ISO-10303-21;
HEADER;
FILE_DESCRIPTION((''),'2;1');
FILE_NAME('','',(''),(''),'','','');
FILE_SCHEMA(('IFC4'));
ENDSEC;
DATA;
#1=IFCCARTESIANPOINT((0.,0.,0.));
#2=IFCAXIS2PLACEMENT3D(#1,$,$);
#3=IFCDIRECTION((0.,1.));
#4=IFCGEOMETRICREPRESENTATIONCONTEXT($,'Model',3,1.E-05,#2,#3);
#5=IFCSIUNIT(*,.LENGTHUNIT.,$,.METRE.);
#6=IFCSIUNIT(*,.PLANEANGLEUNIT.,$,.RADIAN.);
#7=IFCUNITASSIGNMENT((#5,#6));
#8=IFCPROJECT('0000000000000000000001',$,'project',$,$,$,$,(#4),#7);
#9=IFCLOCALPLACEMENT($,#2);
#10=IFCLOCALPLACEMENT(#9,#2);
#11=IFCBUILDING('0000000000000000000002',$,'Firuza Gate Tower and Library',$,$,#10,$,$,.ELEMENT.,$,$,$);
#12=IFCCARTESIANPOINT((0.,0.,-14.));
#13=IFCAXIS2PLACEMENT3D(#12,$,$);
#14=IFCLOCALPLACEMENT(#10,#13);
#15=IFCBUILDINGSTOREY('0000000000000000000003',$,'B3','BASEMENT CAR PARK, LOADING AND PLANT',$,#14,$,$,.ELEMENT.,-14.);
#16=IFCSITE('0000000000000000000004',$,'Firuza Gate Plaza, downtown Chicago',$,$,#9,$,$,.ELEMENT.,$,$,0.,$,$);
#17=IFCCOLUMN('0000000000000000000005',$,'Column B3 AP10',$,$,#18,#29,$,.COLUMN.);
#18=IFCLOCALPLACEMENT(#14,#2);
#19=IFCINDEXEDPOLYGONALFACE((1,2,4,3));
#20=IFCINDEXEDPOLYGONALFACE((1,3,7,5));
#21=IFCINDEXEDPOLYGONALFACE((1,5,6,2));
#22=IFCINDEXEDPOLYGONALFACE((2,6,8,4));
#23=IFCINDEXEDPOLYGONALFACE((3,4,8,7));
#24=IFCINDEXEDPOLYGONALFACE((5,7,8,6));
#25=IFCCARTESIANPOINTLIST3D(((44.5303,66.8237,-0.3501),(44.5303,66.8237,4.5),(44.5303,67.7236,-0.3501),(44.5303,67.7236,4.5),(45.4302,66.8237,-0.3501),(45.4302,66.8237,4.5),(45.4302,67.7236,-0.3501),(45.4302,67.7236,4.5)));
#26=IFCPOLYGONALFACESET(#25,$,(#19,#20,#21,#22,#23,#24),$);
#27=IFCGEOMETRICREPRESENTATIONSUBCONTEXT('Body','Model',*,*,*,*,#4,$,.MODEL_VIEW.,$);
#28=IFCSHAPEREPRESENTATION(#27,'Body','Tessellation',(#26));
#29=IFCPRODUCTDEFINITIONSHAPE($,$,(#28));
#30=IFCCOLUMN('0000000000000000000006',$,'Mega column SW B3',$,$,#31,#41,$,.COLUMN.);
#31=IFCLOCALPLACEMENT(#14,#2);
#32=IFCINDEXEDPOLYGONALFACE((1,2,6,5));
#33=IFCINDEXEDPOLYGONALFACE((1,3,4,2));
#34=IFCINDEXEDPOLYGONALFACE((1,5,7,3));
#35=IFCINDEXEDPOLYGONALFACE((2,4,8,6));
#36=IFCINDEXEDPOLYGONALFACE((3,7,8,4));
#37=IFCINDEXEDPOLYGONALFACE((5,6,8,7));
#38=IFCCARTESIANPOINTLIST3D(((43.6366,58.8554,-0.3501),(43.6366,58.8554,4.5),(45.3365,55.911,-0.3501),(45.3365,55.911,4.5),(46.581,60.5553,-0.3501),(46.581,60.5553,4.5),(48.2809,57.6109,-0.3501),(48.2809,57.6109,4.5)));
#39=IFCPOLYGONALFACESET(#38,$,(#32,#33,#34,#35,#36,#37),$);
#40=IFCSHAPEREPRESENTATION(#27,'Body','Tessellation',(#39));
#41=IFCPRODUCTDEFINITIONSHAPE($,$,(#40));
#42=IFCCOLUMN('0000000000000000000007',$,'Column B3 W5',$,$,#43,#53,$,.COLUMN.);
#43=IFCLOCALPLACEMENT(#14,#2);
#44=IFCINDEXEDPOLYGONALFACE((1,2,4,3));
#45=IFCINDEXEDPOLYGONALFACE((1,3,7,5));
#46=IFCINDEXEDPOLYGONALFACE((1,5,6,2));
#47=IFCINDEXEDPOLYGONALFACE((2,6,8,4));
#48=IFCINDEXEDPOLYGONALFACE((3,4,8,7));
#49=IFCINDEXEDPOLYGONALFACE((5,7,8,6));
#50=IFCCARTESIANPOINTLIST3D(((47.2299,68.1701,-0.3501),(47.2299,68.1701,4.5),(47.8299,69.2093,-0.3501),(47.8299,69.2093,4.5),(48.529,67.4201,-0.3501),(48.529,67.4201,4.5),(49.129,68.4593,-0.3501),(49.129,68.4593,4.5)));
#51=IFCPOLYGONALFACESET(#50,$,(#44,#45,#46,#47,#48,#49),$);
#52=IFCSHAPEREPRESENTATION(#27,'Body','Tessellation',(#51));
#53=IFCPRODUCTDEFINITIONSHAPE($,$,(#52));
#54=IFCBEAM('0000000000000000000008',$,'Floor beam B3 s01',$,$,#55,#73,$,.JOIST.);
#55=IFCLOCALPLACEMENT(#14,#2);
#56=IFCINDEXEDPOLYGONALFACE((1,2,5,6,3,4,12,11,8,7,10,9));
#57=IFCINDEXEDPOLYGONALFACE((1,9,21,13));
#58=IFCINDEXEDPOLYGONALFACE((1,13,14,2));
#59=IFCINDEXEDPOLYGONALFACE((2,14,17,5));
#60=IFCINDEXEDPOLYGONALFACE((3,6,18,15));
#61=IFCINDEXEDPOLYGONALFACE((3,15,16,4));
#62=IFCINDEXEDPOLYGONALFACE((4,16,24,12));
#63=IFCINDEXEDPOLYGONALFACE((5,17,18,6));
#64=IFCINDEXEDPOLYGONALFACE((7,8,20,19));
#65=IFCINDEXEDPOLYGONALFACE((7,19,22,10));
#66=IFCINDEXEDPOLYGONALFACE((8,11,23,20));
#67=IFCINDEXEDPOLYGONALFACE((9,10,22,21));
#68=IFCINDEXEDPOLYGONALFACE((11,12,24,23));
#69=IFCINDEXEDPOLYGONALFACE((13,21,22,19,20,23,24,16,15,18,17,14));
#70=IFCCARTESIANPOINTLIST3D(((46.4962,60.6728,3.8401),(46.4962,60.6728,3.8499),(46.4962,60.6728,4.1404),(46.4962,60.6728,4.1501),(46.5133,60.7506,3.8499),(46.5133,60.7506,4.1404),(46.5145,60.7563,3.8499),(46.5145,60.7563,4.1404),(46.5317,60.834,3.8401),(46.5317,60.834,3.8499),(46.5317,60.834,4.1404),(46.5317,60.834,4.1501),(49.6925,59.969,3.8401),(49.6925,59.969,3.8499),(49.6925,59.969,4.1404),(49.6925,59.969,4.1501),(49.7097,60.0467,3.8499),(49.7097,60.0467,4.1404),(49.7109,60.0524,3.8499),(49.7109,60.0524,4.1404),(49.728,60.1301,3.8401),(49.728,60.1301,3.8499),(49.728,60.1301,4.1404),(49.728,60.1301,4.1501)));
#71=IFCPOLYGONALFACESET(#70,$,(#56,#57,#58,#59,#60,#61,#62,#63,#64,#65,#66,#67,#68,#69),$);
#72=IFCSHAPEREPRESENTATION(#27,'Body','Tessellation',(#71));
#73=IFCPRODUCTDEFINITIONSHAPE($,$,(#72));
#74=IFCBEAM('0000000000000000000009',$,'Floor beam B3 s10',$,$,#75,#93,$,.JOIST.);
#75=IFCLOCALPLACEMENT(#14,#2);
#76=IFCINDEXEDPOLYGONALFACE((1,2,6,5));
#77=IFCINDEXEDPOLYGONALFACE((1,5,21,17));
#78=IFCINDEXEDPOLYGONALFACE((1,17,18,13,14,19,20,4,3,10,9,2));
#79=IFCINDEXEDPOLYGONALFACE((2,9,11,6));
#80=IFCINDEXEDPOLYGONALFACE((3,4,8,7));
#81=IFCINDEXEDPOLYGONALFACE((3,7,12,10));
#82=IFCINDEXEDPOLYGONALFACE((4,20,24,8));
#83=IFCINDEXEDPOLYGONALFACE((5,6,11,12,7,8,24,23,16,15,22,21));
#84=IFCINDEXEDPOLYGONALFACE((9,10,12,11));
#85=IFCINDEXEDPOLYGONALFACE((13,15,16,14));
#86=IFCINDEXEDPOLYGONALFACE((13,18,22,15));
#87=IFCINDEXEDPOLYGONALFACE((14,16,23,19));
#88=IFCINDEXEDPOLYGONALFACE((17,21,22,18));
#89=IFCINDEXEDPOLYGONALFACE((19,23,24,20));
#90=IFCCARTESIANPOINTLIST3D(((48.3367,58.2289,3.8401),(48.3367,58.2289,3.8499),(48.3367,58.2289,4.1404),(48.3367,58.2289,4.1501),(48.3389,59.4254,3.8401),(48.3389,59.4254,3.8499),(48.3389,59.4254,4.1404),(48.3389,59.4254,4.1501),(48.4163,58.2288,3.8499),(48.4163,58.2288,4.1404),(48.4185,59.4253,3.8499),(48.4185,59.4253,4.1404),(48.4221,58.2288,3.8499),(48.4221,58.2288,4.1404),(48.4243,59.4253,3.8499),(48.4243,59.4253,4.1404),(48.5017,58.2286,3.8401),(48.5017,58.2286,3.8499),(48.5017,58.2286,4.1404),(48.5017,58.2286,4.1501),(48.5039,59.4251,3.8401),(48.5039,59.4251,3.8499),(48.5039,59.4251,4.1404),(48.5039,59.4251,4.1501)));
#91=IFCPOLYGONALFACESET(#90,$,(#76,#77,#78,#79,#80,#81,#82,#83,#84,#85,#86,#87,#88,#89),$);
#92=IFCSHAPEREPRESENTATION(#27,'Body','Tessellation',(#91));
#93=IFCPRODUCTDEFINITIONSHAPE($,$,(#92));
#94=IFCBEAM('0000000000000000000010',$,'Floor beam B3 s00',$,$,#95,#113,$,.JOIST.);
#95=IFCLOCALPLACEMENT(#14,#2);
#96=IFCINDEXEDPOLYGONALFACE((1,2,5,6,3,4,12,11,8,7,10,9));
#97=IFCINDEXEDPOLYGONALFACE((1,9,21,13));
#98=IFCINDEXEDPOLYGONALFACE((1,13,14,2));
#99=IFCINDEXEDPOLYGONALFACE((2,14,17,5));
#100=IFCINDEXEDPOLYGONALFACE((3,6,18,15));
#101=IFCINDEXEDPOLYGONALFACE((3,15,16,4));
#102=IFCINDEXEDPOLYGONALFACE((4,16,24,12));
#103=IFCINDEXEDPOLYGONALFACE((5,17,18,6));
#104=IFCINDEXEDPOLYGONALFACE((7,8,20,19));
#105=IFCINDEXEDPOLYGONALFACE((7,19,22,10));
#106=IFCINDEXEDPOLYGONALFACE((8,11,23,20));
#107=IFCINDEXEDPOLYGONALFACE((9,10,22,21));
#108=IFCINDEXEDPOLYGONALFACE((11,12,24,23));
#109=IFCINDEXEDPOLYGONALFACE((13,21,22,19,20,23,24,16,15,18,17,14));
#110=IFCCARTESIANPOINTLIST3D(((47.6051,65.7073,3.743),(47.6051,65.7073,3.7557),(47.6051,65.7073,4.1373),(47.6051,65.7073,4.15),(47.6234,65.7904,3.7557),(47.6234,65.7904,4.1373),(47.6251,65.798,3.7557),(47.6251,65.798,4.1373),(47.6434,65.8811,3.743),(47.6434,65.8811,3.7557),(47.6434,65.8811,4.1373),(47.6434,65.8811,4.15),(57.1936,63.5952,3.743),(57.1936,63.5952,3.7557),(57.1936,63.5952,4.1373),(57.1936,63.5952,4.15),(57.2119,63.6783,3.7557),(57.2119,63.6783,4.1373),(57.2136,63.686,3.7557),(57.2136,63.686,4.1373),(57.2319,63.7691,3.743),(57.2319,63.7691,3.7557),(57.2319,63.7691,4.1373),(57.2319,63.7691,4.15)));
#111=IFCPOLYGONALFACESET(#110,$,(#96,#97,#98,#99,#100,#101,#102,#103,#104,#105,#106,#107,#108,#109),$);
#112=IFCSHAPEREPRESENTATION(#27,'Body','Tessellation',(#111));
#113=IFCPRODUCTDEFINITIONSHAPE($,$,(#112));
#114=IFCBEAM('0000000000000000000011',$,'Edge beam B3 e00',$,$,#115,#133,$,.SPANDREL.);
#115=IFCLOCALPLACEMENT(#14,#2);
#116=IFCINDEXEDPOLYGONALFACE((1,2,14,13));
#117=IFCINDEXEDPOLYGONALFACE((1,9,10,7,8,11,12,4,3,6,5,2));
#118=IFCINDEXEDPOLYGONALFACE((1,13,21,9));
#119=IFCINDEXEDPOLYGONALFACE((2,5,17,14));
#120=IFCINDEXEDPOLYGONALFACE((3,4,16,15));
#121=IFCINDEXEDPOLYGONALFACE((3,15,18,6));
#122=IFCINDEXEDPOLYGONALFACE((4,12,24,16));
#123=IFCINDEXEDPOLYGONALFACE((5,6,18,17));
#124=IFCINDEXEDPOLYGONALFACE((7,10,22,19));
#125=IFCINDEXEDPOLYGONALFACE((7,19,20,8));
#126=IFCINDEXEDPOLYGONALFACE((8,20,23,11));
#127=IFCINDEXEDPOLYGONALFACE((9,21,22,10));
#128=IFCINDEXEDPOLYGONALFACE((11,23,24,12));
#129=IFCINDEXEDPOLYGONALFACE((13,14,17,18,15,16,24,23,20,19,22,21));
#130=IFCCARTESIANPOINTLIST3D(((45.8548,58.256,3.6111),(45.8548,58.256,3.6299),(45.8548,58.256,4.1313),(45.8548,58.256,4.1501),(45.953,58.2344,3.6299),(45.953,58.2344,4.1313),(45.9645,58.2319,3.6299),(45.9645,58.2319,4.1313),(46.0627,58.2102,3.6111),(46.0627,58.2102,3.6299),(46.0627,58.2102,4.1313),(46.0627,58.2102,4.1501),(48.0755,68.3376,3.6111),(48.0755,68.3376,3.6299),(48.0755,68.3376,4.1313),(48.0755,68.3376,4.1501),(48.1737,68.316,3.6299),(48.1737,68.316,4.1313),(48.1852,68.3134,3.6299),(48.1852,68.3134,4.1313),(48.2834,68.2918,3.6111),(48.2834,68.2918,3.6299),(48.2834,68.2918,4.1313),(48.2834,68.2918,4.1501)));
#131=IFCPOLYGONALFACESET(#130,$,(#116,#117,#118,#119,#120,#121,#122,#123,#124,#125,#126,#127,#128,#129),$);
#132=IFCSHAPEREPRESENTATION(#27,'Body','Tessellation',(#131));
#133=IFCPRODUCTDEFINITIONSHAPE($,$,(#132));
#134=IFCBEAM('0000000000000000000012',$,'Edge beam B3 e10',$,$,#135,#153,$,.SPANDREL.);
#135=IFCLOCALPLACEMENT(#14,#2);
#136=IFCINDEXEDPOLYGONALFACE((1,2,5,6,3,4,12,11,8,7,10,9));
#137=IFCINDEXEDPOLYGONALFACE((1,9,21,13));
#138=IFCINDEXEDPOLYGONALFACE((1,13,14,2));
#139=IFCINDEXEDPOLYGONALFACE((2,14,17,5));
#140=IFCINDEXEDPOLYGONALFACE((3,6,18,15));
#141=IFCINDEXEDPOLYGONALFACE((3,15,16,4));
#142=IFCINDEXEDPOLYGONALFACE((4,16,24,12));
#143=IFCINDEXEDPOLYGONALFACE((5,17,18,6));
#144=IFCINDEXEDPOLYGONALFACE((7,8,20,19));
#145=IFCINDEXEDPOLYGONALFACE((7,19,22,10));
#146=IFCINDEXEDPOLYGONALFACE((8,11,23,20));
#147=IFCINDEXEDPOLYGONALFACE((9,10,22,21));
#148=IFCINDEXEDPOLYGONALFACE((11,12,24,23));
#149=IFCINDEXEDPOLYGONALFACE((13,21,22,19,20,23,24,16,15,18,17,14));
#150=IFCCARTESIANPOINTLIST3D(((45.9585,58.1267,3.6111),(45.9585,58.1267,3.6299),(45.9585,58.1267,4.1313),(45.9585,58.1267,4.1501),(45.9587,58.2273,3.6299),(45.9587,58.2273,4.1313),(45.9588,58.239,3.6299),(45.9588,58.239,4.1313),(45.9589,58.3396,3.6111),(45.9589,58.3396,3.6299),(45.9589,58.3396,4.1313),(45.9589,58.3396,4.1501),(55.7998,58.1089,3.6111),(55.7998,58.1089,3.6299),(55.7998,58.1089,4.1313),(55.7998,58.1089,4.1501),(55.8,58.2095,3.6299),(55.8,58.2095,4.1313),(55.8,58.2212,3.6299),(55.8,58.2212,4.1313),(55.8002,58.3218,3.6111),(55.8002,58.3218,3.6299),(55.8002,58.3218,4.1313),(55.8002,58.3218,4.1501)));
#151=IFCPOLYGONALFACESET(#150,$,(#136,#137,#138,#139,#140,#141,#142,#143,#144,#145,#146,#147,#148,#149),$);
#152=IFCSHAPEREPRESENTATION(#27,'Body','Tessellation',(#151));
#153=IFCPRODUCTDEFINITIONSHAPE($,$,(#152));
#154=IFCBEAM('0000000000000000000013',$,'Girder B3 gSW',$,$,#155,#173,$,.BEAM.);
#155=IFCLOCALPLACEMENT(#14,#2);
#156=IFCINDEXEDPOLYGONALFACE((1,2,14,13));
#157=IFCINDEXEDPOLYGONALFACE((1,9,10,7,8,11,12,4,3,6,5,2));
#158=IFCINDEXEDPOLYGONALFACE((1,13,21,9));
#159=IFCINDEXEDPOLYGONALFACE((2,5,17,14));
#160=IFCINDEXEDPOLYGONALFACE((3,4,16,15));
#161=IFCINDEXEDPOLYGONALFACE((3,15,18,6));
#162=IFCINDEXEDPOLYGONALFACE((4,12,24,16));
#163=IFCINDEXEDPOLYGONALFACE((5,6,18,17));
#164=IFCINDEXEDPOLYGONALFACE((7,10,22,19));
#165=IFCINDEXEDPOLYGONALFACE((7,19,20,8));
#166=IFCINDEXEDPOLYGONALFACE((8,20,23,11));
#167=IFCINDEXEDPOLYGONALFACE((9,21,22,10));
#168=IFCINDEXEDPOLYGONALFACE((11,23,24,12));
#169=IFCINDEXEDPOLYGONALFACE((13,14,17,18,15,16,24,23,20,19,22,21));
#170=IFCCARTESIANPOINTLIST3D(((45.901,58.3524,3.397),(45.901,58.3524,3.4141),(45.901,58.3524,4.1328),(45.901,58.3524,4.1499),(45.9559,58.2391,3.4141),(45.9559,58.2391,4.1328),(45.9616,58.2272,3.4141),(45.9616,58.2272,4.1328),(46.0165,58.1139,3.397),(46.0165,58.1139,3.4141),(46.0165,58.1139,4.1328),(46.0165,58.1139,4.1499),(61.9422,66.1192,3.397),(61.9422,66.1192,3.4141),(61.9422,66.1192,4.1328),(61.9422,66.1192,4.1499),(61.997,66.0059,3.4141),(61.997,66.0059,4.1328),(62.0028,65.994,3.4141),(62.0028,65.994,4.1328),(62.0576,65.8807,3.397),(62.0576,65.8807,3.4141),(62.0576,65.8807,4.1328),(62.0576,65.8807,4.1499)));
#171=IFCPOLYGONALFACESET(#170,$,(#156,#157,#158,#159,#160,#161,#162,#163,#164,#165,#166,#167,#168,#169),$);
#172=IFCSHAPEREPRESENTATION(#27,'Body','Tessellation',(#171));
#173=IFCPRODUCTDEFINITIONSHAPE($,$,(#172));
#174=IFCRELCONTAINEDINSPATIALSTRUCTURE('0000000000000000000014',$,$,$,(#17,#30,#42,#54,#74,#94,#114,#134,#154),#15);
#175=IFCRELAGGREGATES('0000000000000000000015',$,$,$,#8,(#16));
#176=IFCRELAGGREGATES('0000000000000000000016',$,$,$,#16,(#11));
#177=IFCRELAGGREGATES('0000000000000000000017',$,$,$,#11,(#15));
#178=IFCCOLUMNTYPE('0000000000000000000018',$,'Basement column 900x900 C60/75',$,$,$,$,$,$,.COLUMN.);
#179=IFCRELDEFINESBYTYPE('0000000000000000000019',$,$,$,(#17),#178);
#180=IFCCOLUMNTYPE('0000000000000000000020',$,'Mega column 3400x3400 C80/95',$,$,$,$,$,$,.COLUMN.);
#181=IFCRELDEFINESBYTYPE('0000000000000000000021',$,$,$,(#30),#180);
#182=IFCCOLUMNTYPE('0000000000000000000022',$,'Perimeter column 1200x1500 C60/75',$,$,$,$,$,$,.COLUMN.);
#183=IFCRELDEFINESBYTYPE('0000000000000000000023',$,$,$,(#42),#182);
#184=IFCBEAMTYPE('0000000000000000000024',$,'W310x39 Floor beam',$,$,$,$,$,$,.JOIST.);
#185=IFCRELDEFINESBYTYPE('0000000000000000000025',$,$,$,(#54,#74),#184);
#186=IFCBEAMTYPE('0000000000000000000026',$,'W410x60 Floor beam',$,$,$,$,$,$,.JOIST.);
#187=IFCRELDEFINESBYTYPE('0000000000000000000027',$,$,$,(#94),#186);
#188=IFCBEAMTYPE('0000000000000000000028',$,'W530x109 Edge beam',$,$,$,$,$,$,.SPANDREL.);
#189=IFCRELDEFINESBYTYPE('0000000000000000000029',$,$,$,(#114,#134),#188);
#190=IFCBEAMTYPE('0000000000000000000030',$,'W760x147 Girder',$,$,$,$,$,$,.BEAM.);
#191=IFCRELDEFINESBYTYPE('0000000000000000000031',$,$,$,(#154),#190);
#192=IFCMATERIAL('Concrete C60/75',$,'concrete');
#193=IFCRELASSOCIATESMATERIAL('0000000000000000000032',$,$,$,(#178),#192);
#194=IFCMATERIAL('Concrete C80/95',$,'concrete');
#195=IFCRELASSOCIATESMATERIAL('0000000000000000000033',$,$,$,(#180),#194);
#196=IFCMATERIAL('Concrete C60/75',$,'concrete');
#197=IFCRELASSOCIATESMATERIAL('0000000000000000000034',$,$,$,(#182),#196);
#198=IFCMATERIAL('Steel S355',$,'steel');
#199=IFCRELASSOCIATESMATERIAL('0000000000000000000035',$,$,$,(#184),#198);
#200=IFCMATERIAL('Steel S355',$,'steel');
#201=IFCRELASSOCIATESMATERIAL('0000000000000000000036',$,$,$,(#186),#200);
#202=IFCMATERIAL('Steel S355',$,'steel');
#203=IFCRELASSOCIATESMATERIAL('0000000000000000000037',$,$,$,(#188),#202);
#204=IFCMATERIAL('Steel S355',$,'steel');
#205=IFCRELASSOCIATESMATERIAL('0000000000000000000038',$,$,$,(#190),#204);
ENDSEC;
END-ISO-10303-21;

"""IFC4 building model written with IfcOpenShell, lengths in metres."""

from ifc_helpers import new_model, si_unit, direction, frame, origin, origin_2d, place, context, subcontext, project, spatial, rectangle, i_section, extrude, material, material_profile, profile_set, type_object, element, save


model = new_model("IFC4")

# Units and contexts
model_context = context("Model", 3, precision=1e-05, world=origin(), true_north=direction((0.0, 1.0)))
body_context = subcontext(model_context, "Body", "Model", "MODEL_VIEW")
ifc_project = project(units=[si_unit("LENGTHUNIT", "METRE"), si_unit("PLANEANGLEUNIT", "RADIAN")], contexts=[model_context])

# Site, building, storey
site_placement = place(None, origin())
site = spatial("IfcSite", under=ifc_project, at=site_placement, Name="Firuza Gate Plaza, downtown Chicago", CompositionType="ELEMENT", RefElevation=0.0)
building_placement = place(site_placement, origin())
building = spatial("IfcBuilding", under=site, at=building_placement, Name="Firuza Gate Tower and Library", CompositionType="ELEMENT")
storey_placement = place(building_placement, frame((0.0, 0.0, -14.0)))
storey = spatial("IfcBuildingStorey", under=building, at=storey_placement, Name="B3", Description="BASEMENT CAR PARK, LOADING AND PLANT", CompositionType="ELEMENT", Elevation=-14.0)

# Columns
ifc_material_1 = material(Name="Concrete C60/75", Category="concrete")
ifc_material_profile_1 = material_profile(ifc_material_1, rectangle(XDim=0.8999, YDim=0.8999, at=origin_2d()))
ifc_profile_set_1 = profile_set([ifc_material_profile_1], Name="Concrete C60/75")
column_type_1 = type_object("IfcColumnType", Name="Basement column 900x900 C60/75", PredefinedType="COLUMN", material=ifc_profile_set_1)
column_1_placement = place(storey_placement, frame((44.9802, 67.2737, -0.3501), z_axis=(0.0, 0.0, 1.0), x_axis=(1.0, 0.0, 0.0)))
element("IfcColumn", 1, at=column_1_placement, inside=storey, type_object=column_type_1, Name="Column B3 AP10", PredefinedType="COLUMN", context=body_context, shape_type="SweptSolid", body=[
    extrude(rectangle(XDim=0.8999, YDim=0.8999, at=origin_2d()), origin(), (0.0, 0.0, 1.0), 4.8501),
])
ifc_material_2 = material(Name="Concrete C80/95", Category="concrete")
ifc_material_profile_2 = material_profile(ifc_material_2, rectangle(XDim=3.3999, YDim=3.3999, at=origin_2d()))
ifc_profile_set_2 = profile_set([ifc_material_profile_2], Name="Concrete C80/95")
column_type_2 = type_object("IfcColumnType", Name="Mega column 3400x3400 C80/95", PredefinedType="COLUMN", material=ifc_profile_set_2)
column_2_placement = place(storey_placement, frame((45.9587, 58.2332, -0.3501), z_axis=(0.0, 0.0, 1.0), x_axis=(0.5, -0.866025, 0.0)))
element("IfcColumn", 2, at=column_2_placement, inside=storey, type_object=column_type_2, Name="Mega column SW B3", PredefinedType="COLUMN", context=body_context, shape_type="SweptSolid", body=[
    extrude(rectangle(XDim=3.3999, YDim=3.3999, at=origin_2d()), origin(), (0.0, 0.0, 1.0), 4.8501),
])
ifc_material_3 = material(Name="Concrete C60/75", Category="concrete")
ifc_material_profile_3 = material_profile(ifc_material_3, rectangle(XDim=1.2, YDim=1.5, at=origin_2d()))
ifc_profile_set_3 = profile_set([ifc_material_profile_3], Name="Concrete C60/75")
column_type_3 = type_object("IfcColumnType", Name="Perimeter column 1200x1500 C60/75", PredefinedType="COLUMN", material=ifc_profile_set_3)
column_3_placement = place(storey_placement, frame((48.1794, 68.3147, -0.3501), z_axis=(0.0, 0.0, 1.0), x_axis=(-0.5, -0.866025, 0.0)))
element("IfcColumn", 3, at=column_3_placement, inside=storey, type_object=column_type_3, Name="Column B3 W5", PredefinedType="COLUMN", context=body_context, shape_type="SweptSolid", body=[
    extrude(rectangle(XDim=1.2, YDim=1.5, at=origin_2d()), origin(), (0.0, 0.0, 1.0), 4.8501),
])

# Beams
ifc_material_4 = material(Name="Steel S355", Category="steel")
ifc_material_profile_4 = material_profile(ifc_material_4, i_section(OverallWidth=0.165, OverallDepth=0.3101, WebThickness=0.0059, FlangeThickness=0.0098, at=origin_2d()))
ifc_profile_set_4 = profile_set([ifc_material_profile_4], Name="Steel S355")
beam_type_1 = type_object("IfcBeamType", Name="W310x39 Floor beam", PredefinedType="JOIST", material=ifc_profile_set_4)
beam_1_placement = place(storey_placement, frame((46.5139, 60.7534, 3.9951), z_axis=(0.976601, -0.215058, 0.0), x_axis=(0.215058, 0.976601, 0.0)))
element("IfcBeam", 4, at=beam_1_placement, inside=storey, type_object=beam_type_1, Name="Floor beam B3 s01", PredefinedType="JOIST", context=body_context, shape_type="SweptSolid", body=[
    extrude(i_section(OverallWidth=0.165, OverallDepth=0.3101, WebThickness=0.0059, FlangeThickness=0.0098, at=origin_2d()), origin(), (0.0, 0.0, 1.0), 3.2729),
])
beam_2_placement = place(storey_placement, frame((48.4192, 58.2288, 3.9951), z_axis=(0.001836, 0.999998, 0.0), x_axis=(-0.999998, 0.001836, 0.0)))
element("IfcBeam", 5, at=beam_2_placement, inside=storey, type_object=beam_type_1, Name="Floor beam B3 s10", PredefinedType="JOIST", context=body_context, shape_type="SweptSolid", body=[
    extrude(i_section(OverallWidth=0.165, OverallDepth=0.3101, WebThickness=0.0059, FlangeThickness=0.0098, at=origin_2d()), origin(), (0.0, 0.0, 1.0), 1.1965),
])
ifc_material_5 = material(Name="Steel S355", Category="steel")
ifc_material_profile_5 = material_profile(ifc_material_5, i_section(OverallWidth=0.178, OverallDepth=0.407, WebThickness=0.0078, FlangeThickness=0.0127, at=origin_2d()))
ifc_profile_set_5 = profile_set([ifc_material_profile_5], Name="Steel S355")
beam_type_2 = type_object("IfcBeamType", Name="W410x60 Floor beam", PredefinedType="JOIST", material=ifc_profile_set_5)
beam_3_placement = place(storey_placement, frame((47.6243, 65.7942, 3.9465), z_axis=(0.97659, -0.215111, 0.0), x_axis=(0.215111, 0.97659, 0.0)))
element("IfcBeam", 6, at=beam_3_placement, inside=storey, type_object=beam_type_2, Name="Floor beam B3 s00", PredefinedType="JOIST", context=body_context, shape_type="SweptSolid", body=[
    extrude(i_section(OverallWidth=0.178, OverallDepth=0.407, WebThickness=0.0078, FlangeThickness=0.0127, at=origin_2d()), origin(), (0.0, 0.0, 1.0), 9.8184),
])
ifc_material_6 = material(Name="Steel S355", Category="steel")
ifc_material_profile_6 = material_profile(ifc_material_6, i_section(OverallWidth=0.2129, OverallDepth=0.5391, WebThickness=0.0117, FlangeThickness=0.0188, at=origin_2d()))
ifc_profile_set_6 = profile_set([ifc_material_profile_6], Name="Steel S355")
beam_type_3 = type_object("IfcBeamType", Name="W530x109 Edge beam", PredefinedType="SPANDREL", material=ifc_profile_set_6)
beam_4_placement = place(storey_placement, frame((48.1794, 68.3147, 3.8806), z_axis=(-0.215117, -0.976588, 0.0), x_axis=(0.976588, -0.215117, 0.0)))
element("IfcBeam", 7, at=beam_4_placement, inside=storey, type_object=beam_type_3, Name="Edge beam B3 e00", PredefinedType="SPANDREL", context=body_context, shape_type="SweptSolid", body=[
    extrude(i_section(OverallWidth=0.2129, OverallDepth=0.5391, WebThickness=0.0117, FlangeThickness=0.0188, at=origin_2d()), origin(), (0.0, 0.0, 1.0), 10.3232),
])
beam_5_placement = place(storey_placement, frame((45.9587, 58.2332, 3.8806), z_axis=(0.999998, -0.001811, 0.0), x_axis=(0.001811, 0.999998, 0.0)))
element("IfcBeam", 8, at=beam_5_placement, inside=storey, type_object=beam_type_3, Name="Edge beam B3 e10", PredefinedType="SPANDREL", context=body_context, shape_type="SweptSolid", body=[
    extrude(i_section(OverallWidth=0.2129, OverallDepth=0.5391, WebThickness=0.0117, FlangeThickness=0.0188, at=origin_2d()), origin(), (0.0, 0.0, 1.0), 9.8413),
])
ifc_material_7 = material(Name="Steel S355", Category="steel")
ifc_material_profile_7 = material_profile(ifc_material_7, i_section(OverallWidth=0.2649, OverallDepth=0.7529, WebThickness=0.0132, FlangeThickness=0.0171, at=origin_2d()))
ifc_profile_set_7 = profile_set([ifc_material_profile_7], Name="Steel S355")
beam_type_4 = type_object("IfcBeamType", Name="W760x147 Girder", PredefinedType="BEAM", material=ifc_profile_set_7)
beam_6_placement = place(storey_placement, frame((45.9587, 58.2332, 3.7734), z_axis=(0.90005, 0.435786, 0.0), x_axis=(-0.435786, 0.90005, 0.0)))
element("IfcBeam", 9, at=beam_6_placement, inside=storey, type_object=beam_type_4, Name="Girder B3 gSW", PredefinedType="BEAM", context=body_context, shape_type="SweptSolid", body=[
    extrude(i_section(OverallWidth=0.2649, OverallDepth=0.7529, WebThickness=0.0132, FlangeThickness=0.0171, at=origin_2d()), origin(), (0.0, 0.0, 1.0), 17.8225),
])

save(model, "model.ifc")
